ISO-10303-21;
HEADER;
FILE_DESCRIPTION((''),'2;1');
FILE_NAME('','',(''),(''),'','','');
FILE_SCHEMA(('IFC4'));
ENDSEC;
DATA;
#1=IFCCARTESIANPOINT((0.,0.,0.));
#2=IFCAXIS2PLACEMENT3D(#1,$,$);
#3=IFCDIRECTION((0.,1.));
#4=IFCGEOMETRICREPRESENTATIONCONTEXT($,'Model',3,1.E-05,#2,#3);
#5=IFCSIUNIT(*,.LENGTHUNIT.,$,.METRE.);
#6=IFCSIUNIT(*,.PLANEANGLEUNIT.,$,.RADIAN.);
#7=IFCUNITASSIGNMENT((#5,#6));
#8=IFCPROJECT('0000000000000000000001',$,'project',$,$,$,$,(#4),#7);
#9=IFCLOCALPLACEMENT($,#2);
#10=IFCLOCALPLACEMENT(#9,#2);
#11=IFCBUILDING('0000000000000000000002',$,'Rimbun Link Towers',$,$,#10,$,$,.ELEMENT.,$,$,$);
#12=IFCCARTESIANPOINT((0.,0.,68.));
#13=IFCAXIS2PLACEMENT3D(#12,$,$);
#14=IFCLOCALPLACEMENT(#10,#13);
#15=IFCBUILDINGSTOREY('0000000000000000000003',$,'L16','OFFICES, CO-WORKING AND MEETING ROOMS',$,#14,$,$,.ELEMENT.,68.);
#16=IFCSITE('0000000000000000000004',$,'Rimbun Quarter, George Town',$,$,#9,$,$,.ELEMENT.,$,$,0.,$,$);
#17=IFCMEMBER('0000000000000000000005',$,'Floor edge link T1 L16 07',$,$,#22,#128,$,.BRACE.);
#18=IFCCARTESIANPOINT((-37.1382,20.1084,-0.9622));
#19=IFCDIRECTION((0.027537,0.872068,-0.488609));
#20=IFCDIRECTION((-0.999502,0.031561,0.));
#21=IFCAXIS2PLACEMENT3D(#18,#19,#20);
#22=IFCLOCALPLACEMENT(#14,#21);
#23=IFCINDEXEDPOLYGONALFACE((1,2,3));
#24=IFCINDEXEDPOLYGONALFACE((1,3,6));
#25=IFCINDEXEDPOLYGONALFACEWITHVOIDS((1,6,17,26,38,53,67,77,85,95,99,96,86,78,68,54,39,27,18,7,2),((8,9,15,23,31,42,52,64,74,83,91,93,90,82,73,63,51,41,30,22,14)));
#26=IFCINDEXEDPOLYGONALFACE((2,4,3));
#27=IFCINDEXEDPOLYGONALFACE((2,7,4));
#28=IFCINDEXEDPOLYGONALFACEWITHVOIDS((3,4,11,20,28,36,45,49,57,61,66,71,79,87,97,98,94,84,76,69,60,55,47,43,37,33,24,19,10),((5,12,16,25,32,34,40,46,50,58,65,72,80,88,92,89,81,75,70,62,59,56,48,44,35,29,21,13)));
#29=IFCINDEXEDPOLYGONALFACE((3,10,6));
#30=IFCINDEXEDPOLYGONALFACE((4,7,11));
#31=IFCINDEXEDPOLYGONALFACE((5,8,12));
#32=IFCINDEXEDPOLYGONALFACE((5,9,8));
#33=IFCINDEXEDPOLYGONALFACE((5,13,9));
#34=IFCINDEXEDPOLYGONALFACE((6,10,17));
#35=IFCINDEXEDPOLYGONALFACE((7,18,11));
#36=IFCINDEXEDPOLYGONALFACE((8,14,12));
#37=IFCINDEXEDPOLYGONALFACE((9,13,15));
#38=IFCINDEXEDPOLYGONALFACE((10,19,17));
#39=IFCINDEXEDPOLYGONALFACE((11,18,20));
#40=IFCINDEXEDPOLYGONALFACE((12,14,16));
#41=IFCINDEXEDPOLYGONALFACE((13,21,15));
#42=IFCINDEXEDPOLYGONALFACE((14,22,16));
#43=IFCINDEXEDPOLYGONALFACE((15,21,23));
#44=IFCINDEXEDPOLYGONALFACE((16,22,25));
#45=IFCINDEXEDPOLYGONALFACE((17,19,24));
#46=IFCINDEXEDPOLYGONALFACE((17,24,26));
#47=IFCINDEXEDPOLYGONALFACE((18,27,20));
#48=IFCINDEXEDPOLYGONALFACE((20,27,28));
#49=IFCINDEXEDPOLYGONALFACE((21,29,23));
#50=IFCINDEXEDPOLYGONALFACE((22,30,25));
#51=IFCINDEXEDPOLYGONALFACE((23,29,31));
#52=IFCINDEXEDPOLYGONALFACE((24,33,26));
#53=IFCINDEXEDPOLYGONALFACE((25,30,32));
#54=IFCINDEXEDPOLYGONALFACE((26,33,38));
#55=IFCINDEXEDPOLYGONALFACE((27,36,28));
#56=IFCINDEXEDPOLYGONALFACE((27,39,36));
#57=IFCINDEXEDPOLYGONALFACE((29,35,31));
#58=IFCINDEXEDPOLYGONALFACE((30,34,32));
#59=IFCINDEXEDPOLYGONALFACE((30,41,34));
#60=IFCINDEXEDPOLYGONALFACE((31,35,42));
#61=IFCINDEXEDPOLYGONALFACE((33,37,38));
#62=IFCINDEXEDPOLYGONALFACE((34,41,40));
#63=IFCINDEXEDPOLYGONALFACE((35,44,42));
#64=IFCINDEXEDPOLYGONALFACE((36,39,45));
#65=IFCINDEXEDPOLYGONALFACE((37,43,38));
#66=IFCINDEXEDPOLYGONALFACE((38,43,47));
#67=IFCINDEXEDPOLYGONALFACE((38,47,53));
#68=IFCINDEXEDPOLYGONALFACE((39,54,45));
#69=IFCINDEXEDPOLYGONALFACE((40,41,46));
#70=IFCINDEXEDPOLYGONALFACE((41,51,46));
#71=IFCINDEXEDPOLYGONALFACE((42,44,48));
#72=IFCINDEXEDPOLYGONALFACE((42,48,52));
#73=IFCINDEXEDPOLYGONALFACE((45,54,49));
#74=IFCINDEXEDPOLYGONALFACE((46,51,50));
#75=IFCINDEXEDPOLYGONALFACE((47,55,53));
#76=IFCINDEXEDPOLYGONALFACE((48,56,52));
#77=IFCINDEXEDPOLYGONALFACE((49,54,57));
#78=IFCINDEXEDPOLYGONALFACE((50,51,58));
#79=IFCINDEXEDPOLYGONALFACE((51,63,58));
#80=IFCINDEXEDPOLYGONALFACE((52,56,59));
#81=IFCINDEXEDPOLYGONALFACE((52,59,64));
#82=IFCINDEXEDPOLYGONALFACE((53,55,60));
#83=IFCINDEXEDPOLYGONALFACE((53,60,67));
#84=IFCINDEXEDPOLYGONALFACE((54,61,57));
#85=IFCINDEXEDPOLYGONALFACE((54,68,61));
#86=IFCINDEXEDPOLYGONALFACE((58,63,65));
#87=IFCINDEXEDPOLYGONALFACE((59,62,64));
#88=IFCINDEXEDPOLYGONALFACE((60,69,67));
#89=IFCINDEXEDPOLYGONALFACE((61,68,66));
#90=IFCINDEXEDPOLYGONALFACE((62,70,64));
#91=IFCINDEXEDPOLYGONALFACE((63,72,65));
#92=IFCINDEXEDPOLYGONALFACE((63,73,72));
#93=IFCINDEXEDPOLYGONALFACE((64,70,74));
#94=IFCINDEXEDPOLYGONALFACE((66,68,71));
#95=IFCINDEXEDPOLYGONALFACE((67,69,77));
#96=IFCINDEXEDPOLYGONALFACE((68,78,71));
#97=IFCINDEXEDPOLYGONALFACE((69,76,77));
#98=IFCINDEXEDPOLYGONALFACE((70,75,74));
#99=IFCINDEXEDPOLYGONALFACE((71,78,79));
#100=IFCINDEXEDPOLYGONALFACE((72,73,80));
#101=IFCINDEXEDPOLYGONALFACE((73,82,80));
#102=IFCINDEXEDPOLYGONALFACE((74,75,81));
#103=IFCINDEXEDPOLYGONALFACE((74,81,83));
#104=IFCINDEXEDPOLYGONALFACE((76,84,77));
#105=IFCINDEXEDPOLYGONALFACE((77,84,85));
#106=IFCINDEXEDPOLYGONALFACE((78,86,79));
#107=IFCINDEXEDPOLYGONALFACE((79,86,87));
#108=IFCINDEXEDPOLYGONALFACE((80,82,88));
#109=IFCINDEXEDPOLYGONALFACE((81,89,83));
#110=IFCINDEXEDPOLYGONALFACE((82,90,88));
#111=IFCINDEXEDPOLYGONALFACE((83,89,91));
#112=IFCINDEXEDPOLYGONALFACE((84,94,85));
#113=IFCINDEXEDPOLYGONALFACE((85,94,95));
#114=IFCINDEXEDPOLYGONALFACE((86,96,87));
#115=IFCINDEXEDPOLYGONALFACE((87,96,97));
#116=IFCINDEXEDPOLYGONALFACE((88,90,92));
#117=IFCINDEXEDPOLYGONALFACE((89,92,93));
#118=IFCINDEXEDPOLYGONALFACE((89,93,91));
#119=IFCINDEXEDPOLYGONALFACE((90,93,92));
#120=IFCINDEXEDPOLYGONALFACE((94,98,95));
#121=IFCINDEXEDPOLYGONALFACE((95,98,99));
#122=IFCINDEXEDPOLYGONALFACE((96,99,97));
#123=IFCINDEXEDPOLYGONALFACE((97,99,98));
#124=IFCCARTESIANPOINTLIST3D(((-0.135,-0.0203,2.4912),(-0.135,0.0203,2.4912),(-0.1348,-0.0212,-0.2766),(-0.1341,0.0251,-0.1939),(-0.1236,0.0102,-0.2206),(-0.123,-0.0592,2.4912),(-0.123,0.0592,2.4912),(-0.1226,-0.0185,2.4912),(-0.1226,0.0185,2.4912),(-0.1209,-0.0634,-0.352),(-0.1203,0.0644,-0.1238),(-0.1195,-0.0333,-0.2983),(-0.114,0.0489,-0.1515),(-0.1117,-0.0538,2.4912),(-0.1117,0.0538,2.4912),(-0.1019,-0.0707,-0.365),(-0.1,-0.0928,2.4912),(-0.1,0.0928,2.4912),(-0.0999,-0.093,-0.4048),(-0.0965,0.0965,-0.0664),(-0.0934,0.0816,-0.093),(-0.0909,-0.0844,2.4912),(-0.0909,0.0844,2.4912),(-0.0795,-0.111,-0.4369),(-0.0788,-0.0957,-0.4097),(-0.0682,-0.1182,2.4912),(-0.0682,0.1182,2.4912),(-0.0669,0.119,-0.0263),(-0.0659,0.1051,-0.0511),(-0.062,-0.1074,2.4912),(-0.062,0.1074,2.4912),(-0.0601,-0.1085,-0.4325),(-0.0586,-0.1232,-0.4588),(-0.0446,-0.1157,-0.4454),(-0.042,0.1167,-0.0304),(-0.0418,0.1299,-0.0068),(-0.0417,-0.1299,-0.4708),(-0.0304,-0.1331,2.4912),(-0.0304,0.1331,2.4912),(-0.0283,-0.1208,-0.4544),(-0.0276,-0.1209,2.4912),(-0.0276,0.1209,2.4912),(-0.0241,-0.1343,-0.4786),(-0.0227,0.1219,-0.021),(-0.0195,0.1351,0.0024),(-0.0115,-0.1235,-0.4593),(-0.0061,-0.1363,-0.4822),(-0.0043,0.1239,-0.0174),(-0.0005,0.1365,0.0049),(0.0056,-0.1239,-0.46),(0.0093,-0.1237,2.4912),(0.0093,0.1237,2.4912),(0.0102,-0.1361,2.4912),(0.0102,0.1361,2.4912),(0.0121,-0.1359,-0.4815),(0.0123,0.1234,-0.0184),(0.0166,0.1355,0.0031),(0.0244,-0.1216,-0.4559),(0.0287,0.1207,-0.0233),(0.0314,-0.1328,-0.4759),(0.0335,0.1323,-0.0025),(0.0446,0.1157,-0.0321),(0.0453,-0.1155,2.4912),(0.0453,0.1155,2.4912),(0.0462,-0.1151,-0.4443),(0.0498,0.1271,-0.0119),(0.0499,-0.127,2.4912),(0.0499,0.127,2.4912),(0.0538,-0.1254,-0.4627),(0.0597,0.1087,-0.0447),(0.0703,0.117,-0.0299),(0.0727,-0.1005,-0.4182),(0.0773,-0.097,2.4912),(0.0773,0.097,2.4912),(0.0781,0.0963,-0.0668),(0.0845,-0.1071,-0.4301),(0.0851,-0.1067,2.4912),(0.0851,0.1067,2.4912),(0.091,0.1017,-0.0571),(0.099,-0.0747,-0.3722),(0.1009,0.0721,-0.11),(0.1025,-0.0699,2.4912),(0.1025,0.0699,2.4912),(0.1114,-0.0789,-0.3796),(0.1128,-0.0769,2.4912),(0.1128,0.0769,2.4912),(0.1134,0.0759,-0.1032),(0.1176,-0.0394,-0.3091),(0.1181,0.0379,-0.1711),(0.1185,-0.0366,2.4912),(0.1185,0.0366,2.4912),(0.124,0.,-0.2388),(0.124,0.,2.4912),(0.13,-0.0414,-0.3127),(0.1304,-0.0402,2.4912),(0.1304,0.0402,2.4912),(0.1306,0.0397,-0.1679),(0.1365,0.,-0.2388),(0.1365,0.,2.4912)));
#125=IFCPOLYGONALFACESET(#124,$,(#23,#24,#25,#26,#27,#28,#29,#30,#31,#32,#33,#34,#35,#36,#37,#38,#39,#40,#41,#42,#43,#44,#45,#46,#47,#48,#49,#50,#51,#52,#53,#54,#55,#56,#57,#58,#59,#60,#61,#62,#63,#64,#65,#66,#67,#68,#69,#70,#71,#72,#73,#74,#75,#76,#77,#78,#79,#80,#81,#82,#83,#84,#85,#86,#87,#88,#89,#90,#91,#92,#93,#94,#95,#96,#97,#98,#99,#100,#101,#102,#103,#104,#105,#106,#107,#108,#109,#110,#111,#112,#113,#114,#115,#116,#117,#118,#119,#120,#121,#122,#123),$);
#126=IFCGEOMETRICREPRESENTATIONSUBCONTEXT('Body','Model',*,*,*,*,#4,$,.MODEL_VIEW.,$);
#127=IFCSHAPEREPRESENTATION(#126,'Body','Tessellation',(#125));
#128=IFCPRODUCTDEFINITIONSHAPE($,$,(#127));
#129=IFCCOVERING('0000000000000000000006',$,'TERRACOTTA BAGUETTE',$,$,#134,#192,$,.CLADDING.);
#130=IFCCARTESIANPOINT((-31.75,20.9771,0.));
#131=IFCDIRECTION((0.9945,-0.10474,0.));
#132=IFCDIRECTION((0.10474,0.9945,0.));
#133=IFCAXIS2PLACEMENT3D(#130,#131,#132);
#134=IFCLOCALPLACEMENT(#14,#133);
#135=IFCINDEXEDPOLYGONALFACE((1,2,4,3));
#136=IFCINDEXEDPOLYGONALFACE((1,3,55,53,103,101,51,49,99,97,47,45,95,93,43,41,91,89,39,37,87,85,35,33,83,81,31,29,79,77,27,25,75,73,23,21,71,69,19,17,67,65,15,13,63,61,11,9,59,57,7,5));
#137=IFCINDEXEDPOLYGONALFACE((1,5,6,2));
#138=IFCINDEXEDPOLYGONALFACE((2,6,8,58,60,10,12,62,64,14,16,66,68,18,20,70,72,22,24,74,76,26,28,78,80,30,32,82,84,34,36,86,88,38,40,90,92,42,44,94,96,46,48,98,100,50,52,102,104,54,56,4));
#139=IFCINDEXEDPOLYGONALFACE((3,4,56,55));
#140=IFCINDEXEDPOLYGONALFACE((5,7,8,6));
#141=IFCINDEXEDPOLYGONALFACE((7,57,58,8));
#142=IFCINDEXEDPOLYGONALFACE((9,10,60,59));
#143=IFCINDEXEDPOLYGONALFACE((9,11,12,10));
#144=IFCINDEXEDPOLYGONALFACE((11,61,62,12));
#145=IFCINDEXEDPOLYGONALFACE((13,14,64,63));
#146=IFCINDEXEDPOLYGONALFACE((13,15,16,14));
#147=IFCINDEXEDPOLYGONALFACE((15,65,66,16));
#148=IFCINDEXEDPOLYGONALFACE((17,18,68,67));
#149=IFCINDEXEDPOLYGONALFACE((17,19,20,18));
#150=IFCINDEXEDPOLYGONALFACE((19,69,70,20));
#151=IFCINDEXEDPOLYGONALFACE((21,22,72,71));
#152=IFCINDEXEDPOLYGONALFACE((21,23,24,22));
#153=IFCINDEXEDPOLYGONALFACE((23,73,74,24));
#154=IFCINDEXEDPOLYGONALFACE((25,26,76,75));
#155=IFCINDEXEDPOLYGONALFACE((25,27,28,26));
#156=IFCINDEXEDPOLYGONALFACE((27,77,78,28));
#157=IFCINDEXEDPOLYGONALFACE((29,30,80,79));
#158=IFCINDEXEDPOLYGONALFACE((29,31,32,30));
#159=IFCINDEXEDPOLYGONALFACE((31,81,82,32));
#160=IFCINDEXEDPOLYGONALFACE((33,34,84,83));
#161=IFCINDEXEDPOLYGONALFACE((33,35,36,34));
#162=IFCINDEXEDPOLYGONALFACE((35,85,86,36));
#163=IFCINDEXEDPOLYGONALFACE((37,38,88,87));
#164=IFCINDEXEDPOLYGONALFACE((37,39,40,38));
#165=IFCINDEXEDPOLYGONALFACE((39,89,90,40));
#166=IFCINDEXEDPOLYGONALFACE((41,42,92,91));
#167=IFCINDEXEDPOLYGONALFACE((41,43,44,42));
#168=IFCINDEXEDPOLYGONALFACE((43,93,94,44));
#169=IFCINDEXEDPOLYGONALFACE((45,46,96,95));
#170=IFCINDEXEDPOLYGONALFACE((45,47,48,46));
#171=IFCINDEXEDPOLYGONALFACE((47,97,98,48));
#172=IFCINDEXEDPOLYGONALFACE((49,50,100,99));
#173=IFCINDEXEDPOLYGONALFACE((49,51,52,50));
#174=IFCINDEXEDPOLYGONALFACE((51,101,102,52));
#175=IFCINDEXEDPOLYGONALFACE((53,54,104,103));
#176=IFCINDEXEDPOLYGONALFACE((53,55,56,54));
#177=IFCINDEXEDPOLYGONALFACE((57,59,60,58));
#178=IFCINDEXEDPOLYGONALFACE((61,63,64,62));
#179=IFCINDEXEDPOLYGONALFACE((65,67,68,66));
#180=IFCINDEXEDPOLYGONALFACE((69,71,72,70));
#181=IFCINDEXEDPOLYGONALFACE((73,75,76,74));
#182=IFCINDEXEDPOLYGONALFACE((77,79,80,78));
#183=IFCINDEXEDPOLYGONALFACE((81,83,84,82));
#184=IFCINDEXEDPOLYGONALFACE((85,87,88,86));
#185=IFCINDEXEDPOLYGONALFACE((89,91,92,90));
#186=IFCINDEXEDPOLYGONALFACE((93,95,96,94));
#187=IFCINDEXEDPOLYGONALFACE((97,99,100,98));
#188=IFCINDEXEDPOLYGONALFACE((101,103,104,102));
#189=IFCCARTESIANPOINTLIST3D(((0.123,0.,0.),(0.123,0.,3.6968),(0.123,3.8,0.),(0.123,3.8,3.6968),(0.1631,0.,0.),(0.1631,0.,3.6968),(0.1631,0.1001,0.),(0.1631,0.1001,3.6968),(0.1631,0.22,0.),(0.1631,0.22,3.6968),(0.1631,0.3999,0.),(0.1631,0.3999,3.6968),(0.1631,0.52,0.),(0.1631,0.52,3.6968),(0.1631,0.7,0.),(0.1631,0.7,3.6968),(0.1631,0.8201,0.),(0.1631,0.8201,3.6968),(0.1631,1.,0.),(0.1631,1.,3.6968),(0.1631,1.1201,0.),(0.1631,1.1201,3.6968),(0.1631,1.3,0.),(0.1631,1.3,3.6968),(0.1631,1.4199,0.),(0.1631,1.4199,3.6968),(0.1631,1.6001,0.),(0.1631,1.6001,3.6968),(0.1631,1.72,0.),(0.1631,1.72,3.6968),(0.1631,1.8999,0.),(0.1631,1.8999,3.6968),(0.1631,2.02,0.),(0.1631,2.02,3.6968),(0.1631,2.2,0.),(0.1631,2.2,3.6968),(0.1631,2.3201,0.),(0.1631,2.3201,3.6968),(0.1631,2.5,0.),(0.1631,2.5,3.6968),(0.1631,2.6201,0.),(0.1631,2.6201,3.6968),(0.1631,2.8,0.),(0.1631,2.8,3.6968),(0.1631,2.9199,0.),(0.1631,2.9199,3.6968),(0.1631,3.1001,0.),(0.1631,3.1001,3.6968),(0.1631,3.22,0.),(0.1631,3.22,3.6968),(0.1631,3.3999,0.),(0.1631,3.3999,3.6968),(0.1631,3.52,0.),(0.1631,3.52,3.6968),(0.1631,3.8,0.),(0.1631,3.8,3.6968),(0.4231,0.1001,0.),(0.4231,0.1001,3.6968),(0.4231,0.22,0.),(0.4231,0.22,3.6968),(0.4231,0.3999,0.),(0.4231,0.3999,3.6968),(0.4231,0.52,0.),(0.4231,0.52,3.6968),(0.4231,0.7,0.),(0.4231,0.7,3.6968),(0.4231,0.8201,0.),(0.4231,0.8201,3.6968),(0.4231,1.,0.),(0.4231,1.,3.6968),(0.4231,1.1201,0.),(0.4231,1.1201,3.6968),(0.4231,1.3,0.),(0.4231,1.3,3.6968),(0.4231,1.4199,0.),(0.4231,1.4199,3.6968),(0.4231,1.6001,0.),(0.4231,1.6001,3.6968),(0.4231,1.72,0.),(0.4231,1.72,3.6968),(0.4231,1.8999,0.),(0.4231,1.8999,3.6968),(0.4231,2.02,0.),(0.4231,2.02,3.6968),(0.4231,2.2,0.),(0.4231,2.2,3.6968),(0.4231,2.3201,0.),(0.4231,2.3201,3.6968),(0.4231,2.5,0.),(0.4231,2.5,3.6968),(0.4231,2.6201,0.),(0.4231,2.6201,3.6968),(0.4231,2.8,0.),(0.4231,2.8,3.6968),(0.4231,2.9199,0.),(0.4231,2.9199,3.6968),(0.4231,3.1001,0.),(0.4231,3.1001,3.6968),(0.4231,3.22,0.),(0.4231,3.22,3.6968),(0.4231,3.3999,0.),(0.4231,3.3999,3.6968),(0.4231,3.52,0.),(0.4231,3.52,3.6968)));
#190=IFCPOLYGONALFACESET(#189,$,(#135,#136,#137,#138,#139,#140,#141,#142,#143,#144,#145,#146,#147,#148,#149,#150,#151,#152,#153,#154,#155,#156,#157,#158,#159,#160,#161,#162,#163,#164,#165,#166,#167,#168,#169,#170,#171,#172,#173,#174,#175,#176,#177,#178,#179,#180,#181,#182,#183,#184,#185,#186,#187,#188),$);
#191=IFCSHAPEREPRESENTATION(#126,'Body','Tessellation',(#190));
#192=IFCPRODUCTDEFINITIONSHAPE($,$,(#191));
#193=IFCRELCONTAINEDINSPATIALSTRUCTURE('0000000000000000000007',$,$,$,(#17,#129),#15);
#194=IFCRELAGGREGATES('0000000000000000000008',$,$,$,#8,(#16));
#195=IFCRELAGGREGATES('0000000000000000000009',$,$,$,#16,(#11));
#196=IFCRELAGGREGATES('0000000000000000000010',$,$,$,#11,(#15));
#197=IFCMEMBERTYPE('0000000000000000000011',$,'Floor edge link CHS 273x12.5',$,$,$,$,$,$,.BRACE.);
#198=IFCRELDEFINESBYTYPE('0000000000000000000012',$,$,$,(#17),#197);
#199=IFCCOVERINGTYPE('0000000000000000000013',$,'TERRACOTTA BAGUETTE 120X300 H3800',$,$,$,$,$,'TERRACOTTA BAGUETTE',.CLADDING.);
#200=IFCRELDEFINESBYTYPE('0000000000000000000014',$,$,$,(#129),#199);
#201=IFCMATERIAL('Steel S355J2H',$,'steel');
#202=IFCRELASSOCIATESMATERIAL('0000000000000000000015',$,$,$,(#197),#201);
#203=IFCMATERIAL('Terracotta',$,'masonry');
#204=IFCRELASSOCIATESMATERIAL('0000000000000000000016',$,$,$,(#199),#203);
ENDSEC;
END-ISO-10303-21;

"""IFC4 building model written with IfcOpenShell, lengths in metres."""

from ifc_helpers import new_model, si_unit, direction, frame, origin, origin_2d, place, context, subcontext, project, spatial, polyline, hollow_circle, outline, extrude, clip, halfspace, material, material_profile, profile_set, type_object, element, save


model = new_model("IFC4")

# Units and contexts
model_context = context("Model", 3, precision=1e-05, world=origin(), true_north=direction((0.0, 1.0)))
body_context = subcontext(model_context, "Body", "Model", "MODEL_VIEW")
ifc_project = project(units=[si_unit("LENGTHUNIT", "METRE"), si_unit("PLANEANGLEUNIT", "RADIAN")], contexts=[model_context])

# Site, building, storey
site_placement = place(None, origin())
site = spatial("IfcSite", under=ifc_project, at=site_placement, Name="Rimbun Quarter, George Town", CompositionType="ELEMENT", RefElevation=0.0)
building_placement = place(site_placement, origin())
building = spatial("IfcBuilding", under=site, at=building_placement, Name="Rimbun Link Towers", CompositionType="ELEMENT")
storey_placement = place(building_placement, frame((0.0, 0.0, 68.0)))
storey = spatial("IfcBuildingStorey", under=building, at=storey_placement, Name="L16", Description="OFFICES, CO-WORKING AND MEETING ROOMS", CompositionType="ELEMENT", Elevation=68.0)

# Member
ifc_material_1 = material(Name="Steel S355J2H", Category="steel")
ifc_material_profile_1 = material_profile(ifc_material_1, hollow_circle(Radius=0.1365, WallThickness=0.0125, at=origin_2d()), Name="CHS 273x12.5")
ifc_profile_set_1 = profile_set([ifc_material_profile_1], Name="Steel S355J2H")
member_type_1 = type_object("IfcMemberType", Name="Floor edge link CHS 273x12.5", PredefinedType="BRACE", material=ifc_profile_set_1)
member_1_placement = place(storey_placement, frame((-37.1382, 20.1084, -0.9622), z_axis=(0.027537, 0.872068, -0.488609), x_axis=(-0.999502, 0.031561, 0.0)))
element("IfcMember", 1, at=member_1_placement, inside=storey, type_object=member_type_1, Name="Floor edge link T1 L16 07", PredefinedType="BRACE", context=body_context, shape_type="Clipping", body=[
    clip(extrude(hollow_circle(Radius=0.1365, WallThickness=0.0125, at=origin_2d()), frame((0.0, 0.0, -0.5081)), (0.0, 0.0, 1.0), 2.9993), halfspace(frame((0.0, 0.0, -0.2388), z_axis=(0.0, 0.872503, -0.488609)), False)),
])

# Covering
ifc_material_2 = material(Name="Terracotta", Category="masonry")
ifc_material_profile_2 = material_profile(ifc_material_2, outline(polyline([(0.123, 0.0), (0.1631, 0.0), (0.1631, 0.1001), (0.4231, 0.1001), (0.4231, 0.22), (0.1631, 0.22), (0.1631, 0.3999), (0.4231, 0.3999), (0.4231, 0.52), (0.1631, 0.52), (0.1631, 0.7), (0.4231, 0.7), (0.4231, 0.8201), (0.1631, 0.8201), (0.1631, 1.0), (0.4231, 1.0), (0.4231, 1.1201), (0.1631, 1.1201), (0.1631, 1.3), (0.4231, 1.3), (0.4231, 1.4199), (0.1631, 1.4199), (0.1631, 1.6001), (0.4231, 1.6001), (0.4231, 1.72), (0.1631, 1.72), (0.1631, 1.8999), (0.4231, 1.8999), (0.4231, 2.02), (0.1631, 2.02), (0.1631, 2.2), (0.4231, 2.2), (0.4231, 2.3201), (0.1631, 2.3201), (0.1631, 2.5), (0.4231, 2.5), (0.4231, 2.6201), (0.1631, 2.6201), (0.1631, 2.8), (0.4231, 2.8), (0.4231, 2.9199), (0.1631, 2.9199), (0.1631, 3.1001), (0.4231, 3.1001), (0.4231, 3.22), (0.1631, 3.22), (0.1631, 3.3999), (0.4231, 3.3999), (0.4231, 3.52), (0.1631, 3.52), (0.1631, 3.8), (0.123, 3.8), (0.123, 0.0)])), Name="BAGUETTE 120X300")
ifc_profile_set_2 = profile_set([ifc_material_profile_2], Name="Terracotta")
covering_type = type_object("IfcCoveringType", Name="TERRACOTTA BAGUETTE 120X300 H3800", ElementType="TERRACOTTA BAGUETTE", PredefinedType="CLADDING", material=ifc_profile_set_2)
for number, where, z_axis, x_axis, name in (
    (2, (-31.75, 20.9771, 0.0), (0.9945, -0.10474, 0.0), (0.10474, 0.9945, 0.0), "TERRACOTTA BAGUETTE"),
):
    element("IfcCovering", number, at=place(storey_placement, frame(where, z_axis=z_axis, x_axis=x_axis)), inside=storey, type_object=covering_type, Name=name, PredefinedType="CLADDING", context=body_context, shape_type="SweptSolid", body=[
        extrude(outline(polyline([(0.123, 0.0), (0.1631, 0.0), (0.1631, 0.1001), (0.4231, 0.1001), (0.4231, 0.22), (0.1631, 0.22), (0.1631, 0.3999), (0.4231, 0.3999), (0.4231, 0.52), (0.1631, 0.52), (0.1631, 0.7), (0.4231, 0.7), (0.4231, 0.8201), (0.1631, 0.8201), (0.1631, 1.0), (0.4231, 1.0), (0.4231, 1.1201), (0.1631, 1.1201), (0.1631, 1.3), (0.4231, 1.3), (0.4231, 1.4199), (0.1631, 1.4199), (0.1631, 1.6001), (0.4231, 1.6001), (0.4231, 1.72), (0.1631, 1.72), (0.1631, 1.8999), (0.4231, 1.8999), (0.4231, 2.02), (0.1631, 2.02), (0.1631, 2.2), (0.4231, 2.2), (0.4231, 2.3201), (0.1631, 2.3201), (0.1631, 2.5), (0.4231, 2.5), (0.4231, 2.6201), (0.1631, 2.6201), (0.1631, 2.8), (0.4231, 2.8), (0.4231, 2.9199), (0.1631, 2.9199), (0.1631, 3.1001), (0.4231, 3.1001), (0.4231, 3.22), (0.1631, 3.22), (0.1631, 3.3999), (0.4231, 3.3999), (0.4231, 3.52), (0.1631, 3.52), (0.1631, 3.8), (0.123, 3.8), (0.123, 0.0)])), origin(), (0.0, 0.0, 1.0), 3.6968),
    ])

save(model, "model.ifc")
